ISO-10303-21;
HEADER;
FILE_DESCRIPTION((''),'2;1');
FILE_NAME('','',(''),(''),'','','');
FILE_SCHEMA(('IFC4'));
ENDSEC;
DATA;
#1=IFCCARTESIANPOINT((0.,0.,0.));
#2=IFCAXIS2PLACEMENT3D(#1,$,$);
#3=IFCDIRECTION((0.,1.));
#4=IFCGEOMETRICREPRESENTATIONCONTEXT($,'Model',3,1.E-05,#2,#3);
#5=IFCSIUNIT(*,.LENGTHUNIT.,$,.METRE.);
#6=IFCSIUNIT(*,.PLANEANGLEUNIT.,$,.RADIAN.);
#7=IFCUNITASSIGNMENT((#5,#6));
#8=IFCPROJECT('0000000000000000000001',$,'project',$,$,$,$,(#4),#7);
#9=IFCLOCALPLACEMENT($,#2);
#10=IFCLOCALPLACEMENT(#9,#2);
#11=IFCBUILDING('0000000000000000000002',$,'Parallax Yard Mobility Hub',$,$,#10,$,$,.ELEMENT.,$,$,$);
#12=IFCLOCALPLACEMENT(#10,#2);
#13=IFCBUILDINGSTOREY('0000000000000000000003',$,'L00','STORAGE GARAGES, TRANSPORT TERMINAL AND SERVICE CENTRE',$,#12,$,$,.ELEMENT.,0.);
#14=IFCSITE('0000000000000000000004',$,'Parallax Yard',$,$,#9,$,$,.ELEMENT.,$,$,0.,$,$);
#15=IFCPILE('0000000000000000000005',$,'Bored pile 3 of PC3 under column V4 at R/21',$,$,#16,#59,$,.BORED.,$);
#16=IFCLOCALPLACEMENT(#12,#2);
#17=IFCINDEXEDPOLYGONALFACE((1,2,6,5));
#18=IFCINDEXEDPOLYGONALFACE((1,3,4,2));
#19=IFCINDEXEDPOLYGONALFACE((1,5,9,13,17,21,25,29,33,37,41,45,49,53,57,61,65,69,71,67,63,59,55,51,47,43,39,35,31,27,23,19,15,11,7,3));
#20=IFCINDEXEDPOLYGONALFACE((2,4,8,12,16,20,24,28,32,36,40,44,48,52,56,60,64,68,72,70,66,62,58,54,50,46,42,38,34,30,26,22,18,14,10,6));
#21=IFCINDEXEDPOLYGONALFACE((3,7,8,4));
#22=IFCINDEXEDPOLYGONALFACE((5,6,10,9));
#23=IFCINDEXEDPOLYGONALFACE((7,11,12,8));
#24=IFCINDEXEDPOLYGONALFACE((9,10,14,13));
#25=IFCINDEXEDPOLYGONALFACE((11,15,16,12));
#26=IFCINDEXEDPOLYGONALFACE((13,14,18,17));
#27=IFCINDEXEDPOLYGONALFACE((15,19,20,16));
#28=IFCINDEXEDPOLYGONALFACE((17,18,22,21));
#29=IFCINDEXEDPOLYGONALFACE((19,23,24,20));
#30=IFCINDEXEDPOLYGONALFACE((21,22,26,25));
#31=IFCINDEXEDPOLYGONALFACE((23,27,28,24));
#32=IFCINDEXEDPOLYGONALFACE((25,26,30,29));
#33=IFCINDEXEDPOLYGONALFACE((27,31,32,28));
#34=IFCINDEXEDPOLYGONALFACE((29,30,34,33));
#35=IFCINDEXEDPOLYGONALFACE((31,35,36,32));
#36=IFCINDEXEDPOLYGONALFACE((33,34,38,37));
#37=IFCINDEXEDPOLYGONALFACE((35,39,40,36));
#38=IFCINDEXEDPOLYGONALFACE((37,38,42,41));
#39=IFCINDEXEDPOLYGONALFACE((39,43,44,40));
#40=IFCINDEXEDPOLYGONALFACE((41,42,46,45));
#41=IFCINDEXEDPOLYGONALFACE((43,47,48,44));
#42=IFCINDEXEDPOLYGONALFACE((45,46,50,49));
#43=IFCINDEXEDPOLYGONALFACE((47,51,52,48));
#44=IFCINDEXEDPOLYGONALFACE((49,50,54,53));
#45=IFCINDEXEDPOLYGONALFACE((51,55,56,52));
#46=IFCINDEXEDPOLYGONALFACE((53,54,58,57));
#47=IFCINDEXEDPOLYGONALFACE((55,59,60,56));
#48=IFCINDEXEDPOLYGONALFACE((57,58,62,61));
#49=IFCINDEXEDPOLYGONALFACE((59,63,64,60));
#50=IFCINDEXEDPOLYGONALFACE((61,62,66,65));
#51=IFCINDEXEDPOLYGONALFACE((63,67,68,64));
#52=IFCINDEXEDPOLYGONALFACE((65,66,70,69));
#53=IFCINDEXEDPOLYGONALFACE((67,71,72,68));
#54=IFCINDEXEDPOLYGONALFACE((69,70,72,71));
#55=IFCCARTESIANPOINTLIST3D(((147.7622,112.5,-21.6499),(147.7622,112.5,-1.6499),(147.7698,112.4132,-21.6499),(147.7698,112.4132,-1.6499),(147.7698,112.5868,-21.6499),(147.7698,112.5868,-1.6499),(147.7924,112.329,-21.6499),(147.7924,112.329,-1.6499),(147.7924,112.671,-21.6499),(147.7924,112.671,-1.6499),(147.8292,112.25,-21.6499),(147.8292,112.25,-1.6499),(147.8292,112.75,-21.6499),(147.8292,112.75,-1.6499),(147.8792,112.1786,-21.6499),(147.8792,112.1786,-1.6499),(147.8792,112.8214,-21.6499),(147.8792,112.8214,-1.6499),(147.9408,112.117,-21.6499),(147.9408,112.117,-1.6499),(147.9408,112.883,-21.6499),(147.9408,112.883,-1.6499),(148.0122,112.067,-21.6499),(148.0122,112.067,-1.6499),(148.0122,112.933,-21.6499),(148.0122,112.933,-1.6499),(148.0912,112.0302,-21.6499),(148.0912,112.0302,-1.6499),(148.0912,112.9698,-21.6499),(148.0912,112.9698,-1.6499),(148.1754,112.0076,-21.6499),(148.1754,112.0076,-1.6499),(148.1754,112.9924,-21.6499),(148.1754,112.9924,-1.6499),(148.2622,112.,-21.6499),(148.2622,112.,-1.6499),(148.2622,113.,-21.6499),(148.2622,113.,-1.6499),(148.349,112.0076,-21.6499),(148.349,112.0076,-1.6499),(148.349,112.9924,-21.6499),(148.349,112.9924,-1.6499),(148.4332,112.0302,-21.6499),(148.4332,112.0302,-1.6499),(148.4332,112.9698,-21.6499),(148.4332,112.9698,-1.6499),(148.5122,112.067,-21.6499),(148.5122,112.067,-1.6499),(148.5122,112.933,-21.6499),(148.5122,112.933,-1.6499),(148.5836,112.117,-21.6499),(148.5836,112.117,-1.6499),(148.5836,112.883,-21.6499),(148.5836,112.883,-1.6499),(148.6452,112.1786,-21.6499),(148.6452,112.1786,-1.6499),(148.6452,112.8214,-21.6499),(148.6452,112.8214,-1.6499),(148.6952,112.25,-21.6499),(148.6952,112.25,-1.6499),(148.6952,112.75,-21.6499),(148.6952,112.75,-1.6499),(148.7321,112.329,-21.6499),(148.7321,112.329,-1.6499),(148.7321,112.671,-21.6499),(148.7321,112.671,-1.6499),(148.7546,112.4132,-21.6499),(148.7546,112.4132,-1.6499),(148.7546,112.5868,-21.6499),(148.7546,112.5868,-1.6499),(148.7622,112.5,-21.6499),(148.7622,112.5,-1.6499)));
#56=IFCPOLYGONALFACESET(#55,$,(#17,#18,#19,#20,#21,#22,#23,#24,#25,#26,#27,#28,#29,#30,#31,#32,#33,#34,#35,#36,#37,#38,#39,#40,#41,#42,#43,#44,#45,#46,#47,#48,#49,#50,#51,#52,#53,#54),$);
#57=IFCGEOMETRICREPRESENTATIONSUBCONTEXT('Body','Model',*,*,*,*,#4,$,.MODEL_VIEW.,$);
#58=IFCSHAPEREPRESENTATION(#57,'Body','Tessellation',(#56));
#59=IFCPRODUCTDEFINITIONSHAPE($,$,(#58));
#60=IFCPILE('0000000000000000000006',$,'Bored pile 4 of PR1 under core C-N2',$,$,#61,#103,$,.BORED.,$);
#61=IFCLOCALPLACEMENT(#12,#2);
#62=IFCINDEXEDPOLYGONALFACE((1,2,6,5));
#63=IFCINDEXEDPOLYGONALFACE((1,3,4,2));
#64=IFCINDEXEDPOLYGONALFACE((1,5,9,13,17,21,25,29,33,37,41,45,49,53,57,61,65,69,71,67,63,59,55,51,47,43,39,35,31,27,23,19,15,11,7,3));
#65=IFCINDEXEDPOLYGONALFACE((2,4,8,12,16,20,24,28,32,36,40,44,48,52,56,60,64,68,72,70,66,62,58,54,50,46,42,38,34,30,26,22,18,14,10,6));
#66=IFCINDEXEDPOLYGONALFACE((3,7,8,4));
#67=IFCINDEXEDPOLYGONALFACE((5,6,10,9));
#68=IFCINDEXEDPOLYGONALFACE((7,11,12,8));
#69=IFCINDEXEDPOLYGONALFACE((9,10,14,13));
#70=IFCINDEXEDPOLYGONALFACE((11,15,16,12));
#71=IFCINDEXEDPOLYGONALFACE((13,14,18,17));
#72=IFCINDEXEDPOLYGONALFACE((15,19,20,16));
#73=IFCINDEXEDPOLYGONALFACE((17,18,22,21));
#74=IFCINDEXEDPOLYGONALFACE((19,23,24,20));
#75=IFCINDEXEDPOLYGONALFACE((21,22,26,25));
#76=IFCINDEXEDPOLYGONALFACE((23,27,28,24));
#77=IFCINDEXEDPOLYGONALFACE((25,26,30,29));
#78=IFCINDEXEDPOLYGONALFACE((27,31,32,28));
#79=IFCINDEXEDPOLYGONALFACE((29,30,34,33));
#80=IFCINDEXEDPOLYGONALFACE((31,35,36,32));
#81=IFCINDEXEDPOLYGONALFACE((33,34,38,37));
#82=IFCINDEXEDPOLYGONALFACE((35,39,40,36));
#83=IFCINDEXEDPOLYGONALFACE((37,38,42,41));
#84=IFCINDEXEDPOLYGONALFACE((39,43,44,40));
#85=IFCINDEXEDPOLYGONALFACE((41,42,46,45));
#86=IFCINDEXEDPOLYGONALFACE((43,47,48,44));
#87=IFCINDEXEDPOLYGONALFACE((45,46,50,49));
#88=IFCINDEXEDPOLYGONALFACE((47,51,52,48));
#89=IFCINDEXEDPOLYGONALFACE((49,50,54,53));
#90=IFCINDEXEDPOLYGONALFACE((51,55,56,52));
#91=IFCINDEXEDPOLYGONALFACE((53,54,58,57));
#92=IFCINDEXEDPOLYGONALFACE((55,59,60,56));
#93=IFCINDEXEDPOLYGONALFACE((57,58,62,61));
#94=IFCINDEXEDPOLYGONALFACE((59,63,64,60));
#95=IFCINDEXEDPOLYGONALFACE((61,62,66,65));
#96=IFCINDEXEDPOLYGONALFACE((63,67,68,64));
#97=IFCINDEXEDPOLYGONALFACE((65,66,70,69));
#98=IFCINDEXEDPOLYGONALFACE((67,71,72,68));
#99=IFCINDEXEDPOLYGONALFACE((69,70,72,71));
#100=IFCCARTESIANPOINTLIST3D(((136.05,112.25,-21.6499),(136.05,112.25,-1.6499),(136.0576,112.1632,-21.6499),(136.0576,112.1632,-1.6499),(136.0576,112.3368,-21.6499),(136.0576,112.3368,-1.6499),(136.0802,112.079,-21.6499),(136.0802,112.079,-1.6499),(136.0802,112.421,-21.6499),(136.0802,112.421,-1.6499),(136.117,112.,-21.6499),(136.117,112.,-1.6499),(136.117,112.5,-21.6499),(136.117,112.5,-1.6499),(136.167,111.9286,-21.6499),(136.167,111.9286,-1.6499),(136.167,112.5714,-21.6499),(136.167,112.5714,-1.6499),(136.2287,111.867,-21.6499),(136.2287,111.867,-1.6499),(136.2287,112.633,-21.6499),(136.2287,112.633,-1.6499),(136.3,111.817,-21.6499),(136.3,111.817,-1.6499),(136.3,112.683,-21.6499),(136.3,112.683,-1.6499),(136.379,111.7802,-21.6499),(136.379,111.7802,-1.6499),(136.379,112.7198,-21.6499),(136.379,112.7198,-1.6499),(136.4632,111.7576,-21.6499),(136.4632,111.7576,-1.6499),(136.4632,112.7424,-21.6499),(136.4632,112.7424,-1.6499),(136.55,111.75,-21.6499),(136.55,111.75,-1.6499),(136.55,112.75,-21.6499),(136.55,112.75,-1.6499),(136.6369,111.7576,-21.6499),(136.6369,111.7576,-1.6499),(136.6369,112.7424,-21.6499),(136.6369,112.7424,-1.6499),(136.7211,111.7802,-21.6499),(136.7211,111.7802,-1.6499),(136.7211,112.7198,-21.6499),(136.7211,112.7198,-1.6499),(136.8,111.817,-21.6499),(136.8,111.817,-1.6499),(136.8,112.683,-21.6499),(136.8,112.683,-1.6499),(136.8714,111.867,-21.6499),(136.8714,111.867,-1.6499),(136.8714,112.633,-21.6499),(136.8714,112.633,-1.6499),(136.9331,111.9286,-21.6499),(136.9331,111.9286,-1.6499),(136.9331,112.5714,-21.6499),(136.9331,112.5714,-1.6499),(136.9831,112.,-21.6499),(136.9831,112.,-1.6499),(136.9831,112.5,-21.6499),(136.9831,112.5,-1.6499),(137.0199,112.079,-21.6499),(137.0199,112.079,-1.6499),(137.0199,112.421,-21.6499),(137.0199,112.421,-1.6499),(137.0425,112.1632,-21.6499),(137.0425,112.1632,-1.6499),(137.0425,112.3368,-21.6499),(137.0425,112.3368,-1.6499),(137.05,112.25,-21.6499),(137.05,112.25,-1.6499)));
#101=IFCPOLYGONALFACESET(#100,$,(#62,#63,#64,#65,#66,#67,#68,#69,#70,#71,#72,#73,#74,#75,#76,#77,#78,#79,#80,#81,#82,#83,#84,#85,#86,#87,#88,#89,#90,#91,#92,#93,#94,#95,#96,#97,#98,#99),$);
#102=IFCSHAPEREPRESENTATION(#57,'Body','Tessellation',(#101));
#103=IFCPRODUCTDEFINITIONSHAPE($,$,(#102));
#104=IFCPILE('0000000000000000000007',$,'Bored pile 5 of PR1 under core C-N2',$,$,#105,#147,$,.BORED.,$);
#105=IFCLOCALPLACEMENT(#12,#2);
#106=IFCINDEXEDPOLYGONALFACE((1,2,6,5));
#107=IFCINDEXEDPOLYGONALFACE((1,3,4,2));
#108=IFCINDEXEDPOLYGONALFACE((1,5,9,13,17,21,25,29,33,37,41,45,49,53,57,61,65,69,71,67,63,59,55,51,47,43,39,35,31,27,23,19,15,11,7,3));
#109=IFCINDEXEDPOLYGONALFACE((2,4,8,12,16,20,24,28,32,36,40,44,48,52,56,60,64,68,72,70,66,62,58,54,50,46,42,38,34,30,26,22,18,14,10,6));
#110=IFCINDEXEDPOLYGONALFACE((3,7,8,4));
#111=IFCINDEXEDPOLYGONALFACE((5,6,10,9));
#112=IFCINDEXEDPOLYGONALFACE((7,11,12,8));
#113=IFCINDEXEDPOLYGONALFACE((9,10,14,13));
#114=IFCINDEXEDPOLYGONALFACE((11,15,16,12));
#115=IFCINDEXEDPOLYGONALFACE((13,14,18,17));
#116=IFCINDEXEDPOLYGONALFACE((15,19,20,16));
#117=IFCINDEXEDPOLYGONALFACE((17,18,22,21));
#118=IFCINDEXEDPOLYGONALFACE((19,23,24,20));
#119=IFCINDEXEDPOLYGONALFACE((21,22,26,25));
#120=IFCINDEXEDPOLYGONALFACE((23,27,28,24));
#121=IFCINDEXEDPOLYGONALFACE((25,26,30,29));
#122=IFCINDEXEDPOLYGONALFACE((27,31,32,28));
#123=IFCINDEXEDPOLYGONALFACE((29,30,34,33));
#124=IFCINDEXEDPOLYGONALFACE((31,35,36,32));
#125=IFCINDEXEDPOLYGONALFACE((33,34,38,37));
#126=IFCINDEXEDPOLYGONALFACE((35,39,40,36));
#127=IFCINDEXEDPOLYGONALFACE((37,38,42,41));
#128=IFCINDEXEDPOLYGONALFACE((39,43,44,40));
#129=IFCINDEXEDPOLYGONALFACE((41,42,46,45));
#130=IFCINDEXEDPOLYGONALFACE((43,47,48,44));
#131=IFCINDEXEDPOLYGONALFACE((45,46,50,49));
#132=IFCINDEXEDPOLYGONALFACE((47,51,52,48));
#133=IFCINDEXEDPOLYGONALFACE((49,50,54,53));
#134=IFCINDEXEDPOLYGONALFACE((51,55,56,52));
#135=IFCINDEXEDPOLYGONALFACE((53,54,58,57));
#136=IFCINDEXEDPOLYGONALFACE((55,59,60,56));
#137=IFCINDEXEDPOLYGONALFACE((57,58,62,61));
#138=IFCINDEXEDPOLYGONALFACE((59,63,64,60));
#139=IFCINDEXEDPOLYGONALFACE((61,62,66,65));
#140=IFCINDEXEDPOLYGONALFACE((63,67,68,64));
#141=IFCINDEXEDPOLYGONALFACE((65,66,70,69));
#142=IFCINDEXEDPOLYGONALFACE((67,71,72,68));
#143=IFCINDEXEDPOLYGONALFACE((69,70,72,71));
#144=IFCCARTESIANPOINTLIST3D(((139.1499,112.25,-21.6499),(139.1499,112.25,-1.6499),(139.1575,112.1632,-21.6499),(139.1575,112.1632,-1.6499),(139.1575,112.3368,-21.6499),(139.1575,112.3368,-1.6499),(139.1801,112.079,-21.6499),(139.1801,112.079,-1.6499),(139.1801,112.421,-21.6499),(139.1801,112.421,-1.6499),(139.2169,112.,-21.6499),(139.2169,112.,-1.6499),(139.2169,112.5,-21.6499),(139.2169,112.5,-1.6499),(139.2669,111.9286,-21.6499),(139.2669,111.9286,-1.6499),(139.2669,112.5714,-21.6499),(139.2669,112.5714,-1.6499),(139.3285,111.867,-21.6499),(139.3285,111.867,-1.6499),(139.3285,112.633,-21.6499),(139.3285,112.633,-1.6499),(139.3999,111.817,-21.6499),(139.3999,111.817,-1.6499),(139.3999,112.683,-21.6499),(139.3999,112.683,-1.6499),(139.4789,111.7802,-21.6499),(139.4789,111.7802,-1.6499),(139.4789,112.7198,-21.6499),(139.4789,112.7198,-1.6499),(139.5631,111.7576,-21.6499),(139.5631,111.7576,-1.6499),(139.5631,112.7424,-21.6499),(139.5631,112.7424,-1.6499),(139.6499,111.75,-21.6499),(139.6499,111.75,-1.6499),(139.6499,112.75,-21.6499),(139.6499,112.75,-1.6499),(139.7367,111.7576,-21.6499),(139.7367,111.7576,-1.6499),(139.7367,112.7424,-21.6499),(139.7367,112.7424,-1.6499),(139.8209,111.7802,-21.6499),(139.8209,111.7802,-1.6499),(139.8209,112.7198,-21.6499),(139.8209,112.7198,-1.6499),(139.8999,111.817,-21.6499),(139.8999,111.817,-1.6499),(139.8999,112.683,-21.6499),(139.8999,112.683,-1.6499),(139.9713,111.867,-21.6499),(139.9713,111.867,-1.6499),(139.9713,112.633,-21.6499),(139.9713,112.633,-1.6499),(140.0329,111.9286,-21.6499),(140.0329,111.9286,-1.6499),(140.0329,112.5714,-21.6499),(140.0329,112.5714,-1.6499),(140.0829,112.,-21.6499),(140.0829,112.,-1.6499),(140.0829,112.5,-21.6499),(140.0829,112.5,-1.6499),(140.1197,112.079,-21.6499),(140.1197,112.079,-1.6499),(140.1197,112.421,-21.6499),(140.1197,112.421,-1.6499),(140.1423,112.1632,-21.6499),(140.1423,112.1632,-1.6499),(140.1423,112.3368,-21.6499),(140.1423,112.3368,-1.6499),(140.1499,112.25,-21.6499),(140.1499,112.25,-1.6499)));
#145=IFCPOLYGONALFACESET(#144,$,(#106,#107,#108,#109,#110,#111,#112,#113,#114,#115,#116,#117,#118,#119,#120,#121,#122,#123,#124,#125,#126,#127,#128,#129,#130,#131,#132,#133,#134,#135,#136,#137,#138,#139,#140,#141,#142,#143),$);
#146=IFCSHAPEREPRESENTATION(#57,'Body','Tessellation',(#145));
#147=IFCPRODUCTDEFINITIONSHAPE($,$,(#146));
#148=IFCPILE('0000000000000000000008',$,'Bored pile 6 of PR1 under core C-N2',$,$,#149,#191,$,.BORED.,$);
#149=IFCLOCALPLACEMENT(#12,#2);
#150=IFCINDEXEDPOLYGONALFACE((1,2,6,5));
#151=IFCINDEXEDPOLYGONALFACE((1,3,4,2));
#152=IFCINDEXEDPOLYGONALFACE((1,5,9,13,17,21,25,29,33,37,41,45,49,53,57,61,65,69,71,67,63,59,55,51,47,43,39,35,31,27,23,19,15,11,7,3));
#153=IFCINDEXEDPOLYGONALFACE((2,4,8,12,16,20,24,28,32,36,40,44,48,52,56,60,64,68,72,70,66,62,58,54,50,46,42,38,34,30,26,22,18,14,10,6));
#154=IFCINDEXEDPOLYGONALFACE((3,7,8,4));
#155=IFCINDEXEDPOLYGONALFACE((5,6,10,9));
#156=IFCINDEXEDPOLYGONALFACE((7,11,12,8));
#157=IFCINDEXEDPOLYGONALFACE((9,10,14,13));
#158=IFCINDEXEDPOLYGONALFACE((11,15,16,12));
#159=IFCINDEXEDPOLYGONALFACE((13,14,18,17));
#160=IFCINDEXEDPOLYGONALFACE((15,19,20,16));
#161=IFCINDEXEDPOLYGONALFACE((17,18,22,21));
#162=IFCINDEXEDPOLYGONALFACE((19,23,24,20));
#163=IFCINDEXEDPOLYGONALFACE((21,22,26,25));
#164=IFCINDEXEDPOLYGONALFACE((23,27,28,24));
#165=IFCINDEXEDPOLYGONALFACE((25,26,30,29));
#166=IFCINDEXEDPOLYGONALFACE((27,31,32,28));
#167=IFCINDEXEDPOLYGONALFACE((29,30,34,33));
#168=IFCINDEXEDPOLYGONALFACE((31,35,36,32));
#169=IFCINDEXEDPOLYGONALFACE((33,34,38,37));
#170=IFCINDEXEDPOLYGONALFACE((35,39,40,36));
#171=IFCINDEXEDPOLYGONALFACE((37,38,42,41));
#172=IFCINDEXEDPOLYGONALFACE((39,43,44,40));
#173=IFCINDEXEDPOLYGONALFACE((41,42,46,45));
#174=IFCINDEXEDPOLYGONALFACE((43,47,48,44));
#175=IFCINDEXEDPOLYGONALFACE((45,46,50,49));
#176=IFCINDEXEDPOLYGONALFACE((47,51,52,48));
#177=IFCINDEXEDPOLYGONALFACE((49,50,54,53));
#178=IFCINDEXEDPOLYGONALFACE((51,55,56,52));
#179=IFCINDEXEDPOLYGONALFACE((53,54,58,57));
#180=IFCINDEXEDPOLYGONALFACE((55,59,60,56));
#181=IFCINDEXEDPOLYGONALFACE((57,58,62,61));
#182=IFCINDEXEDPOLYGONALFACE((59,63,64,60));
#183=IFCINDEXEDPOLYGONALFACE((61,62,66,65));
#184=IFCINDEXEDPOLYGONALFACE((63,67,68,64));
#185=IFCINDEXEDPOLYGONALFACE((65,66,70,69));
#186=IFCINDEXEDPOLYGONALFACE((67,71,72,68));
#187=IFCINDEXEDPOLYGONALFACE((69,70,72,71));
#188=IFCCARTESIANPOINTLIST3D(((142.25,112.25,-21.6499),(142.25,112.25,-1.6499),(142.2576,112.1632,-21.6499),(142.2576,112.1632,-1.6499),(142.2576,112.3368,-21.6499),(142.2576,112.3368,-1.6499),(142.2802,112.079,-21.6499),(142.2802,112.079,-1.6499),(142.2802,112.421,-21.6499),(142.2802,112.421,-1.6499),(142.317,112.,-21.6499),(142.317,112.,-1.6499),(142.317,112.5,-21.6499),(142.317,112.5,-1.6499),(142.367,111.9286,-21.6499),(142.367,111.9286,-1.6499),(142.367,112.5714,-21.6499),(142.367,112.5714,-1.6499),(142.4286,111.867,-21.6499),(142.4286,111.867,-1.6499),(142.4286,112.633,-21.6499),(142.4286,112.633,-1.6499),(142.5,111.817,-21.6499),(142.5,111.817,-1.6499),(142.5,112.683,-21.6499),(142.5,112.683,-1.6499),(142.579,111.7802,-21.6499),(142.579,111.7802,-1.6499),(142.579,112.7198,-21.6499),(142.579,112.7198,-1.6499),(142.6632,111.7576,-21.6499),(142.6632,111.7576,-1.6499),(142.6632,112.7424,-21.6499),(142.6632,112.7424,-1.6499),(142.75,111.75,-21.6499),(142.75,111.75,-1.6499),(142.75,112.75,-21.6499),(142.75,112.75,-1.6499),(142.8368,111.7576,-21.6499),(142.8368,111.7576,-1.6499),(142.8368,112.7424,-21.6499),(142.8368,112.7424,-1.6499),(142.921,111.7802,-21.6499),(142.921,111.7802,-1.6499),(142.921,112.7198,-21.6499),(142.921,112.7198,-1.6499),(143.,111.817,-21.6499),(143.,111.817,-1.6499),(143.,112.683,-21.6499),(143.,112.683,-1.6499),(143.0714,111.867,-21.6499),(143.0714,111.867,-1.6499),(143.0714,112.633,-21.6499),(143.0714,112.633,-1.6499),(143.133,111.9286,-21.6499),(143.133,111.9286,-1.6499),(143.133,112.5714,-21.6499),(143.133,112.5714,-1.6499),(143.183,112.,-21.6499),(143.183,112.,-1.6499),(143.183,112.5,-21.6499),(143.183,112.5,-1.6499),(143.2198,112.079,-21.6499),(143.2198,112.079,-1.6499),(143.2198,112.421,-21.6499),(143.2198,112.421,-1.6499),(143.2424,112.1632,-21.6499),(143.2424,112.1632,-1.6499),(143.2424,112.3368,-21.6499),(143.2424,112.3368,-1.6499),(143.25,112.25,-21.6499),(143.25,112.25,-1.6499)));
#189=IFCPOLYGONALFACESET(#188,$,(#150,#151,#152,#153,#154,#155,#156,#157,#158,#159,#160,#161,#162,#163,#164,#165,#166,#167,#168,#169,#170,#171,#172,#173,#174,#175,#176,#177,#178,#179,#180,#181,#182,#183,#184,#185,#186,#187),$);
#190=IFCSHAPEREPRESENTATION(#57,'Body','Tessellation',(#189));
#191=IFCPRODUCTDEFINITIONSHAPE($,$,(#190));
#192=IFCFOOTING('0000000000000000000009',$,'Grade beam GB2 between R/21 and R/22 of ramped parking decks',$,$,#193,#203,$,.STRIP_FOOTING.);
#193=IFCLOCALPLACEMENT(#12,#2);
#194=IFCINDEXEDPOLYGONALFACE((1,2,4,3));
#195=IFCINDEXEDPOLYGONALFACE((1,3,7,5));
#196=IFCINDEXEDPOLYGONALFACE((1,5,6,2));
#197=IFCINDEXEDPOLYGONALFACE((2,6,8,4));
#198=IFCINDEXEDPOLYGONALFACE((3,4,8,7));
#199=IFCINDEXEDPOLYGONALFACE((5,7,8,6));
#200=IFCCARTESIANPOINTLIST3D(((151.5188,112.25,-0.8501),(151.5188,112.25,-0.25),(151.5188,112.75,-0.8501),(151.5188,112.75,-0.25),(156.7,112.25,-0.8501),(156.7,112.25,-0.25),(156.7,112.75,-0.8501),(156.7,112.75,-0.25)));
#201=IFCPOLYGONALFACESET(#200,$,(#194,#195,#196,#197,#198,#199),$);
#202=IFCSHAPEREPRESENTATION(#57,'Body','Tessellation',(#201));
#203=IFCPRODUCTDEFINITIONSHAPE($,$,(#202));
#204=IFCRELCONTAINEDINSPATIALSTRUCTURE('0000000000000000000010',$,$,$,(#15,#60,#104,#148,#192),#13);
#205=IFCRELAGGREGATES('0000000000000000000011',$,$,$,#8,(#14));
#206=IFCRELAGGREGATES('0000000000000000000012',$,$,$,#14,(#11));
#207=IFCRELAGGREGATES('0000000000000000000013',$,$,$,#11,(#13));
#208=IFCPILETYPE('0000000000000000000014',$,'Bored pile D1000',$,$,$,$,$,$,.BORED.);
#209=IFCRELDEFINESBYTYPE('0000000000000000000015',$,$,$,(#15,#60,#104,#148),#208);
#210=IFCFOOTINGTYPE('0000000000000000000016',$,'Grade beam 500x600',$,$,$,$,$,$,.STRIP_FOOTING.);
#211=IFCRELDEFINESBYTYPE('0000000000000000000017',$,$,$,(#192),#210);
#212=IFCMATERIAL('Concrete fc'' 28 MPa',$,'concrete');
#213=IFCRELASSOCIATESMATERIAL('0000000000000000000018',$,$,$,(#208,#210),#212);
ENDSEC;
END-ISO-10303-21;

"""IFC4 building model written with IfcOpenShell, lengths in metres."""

from ifc_helpers import new_model, si_unit, direction, frame, origin, origin_2d, place, context, subcontext, project, spatial, rectangle, circle, extrude, material, material_profile, profile_set, type_object, element, save


model = new_model("IFC4")

# Units and contexts
model_context = context("Model", 3, precision=1e-05, world=origin(), true_north=direction((0.0, 1.0)))
body_context = subcontext(model_context, "Body", "Model", "MODEL_VIEW")
ifc_project = project(units=[si_unit("LENGTHUNIT", "METRE"), si_unit("PLANEANGLEUNIT", "RADIAN")], contexts=[model_context])

# Site, building, storey
site_placement = place(None, origin())
site = spatial("IfcSite", under=ifc_project, at=site_placement, Name="Parallax Yard", CompositionType="ELEMENT", RefElevation=0.0)
building_placement = place(site_placement, origin())
building = spatial("IfcBuilding", under=site, at=building_placement, Name="Parallax Yard Mobility Hub", CompositionType="ELEMENT")
storey_placement = place(building_placement, origin())
storey = spatial("IfcBuildingStorey", under=building, at=storey_placement, Name="L00", Description="STORAGE GARAGES, TRANSPORT TERMINAL AND SERVICE CENTRE", CompositionType="ELEMENT", Elevation=0.0)

# Piles
ifc_material_1 = material(Name="Concrete fc' 28 MPa", Category="concrete")
ifc_material_profile_1 = material_profile(ifc_material_1, circle(Radius=0.5, at=origin_2d()), Name="Bored pile D1000")
ifc_profile_set_1 = profile_set([ifc_material_profile_1], Name="Concrete fc' 28 MPa")
pile_type = type_object("IfcPileType", Name="Bored pile D1000", PredefinedType="BORED", material=ifc_profile_set_1)
for number, where, z_axis, x_axis, name in (
    (1, (148.2622, 112.5, -1.6499), (0.0, 0.0, -1.0), (1.0, 0.0, 0.0), "Bored pile 3 of PC3 under column V4 at R/21"),
    (2, (136.55, 112.25, -1.6499), (0.0, 0.0, -1.0), (1.0, 0.0, 0.0), "Bored pile 4 of PR1 under core C-N2"),
    (3, (139.6499, 112.25, -1.6499), (0.0, 0.0, -1.0), (1.0, 0.0, 0.0), "Bored pile 5 of PR1 under core C-N2"),
    (4, (142.75, 112.25, -1.6499), (0.0, 0.0, -1.0), (1.0, 0.0, 0.0), "Bored pile 6 of PR1 under core C-N2"),
):
    element("IfcPile", number, at=place(storey_placement, frame(where, z_axis=z_axis, x_axis=x_axis)), inside=storey, type_object=pile_type, Name=name, PredefinedType="BORED", context=body_context, shape_type="SweptSolid", body=[
        extrude(circle(Radius=0.5, at=origin_2d()), origin(), (0.0, 0.0, 1.0), 20.0),
    ])

# Footing
ifc_material_profile_2 = material_profile(ifc_material_1, rectangle(XDim=0.5, YDim=0.6001, at=origin_2d()), Name="Grade beam 500x600")
ifc_profile_set_2 = profile_set([ifc_material_profile_2], Name="Concrete fc' 28 MPa")
footing_type_1 = type_object("IfcFootingType", Name="Grade beam 500x600", PredefinedType="STRIP_FOOTING", material=ifc_profile_set_2)
footing_1_placement = place(storey_placement, frame((151.5188, 112.5, -0.55), z_axis=(1.0, 0.0, 0.0), x_axis=(0.0, 1.0, 0.0)))
element("IfcFooting", 5, at=footing_1_placement, inside=storey, type_object=footing_type_1, Name="Grade beam GB2 between R/21 and R/22 of ramped parking decks", PredefinedType="STRIP_FOOTING", context=body_context, shape_type="SweptSolid", body=[
    extrude(rectangle(XDim=0.5, YDim=0.6001, at=origin_2d()), origin(), (0.0, 0.0, 1.0), 5.1812),
])

save(model, "model.ifc")
